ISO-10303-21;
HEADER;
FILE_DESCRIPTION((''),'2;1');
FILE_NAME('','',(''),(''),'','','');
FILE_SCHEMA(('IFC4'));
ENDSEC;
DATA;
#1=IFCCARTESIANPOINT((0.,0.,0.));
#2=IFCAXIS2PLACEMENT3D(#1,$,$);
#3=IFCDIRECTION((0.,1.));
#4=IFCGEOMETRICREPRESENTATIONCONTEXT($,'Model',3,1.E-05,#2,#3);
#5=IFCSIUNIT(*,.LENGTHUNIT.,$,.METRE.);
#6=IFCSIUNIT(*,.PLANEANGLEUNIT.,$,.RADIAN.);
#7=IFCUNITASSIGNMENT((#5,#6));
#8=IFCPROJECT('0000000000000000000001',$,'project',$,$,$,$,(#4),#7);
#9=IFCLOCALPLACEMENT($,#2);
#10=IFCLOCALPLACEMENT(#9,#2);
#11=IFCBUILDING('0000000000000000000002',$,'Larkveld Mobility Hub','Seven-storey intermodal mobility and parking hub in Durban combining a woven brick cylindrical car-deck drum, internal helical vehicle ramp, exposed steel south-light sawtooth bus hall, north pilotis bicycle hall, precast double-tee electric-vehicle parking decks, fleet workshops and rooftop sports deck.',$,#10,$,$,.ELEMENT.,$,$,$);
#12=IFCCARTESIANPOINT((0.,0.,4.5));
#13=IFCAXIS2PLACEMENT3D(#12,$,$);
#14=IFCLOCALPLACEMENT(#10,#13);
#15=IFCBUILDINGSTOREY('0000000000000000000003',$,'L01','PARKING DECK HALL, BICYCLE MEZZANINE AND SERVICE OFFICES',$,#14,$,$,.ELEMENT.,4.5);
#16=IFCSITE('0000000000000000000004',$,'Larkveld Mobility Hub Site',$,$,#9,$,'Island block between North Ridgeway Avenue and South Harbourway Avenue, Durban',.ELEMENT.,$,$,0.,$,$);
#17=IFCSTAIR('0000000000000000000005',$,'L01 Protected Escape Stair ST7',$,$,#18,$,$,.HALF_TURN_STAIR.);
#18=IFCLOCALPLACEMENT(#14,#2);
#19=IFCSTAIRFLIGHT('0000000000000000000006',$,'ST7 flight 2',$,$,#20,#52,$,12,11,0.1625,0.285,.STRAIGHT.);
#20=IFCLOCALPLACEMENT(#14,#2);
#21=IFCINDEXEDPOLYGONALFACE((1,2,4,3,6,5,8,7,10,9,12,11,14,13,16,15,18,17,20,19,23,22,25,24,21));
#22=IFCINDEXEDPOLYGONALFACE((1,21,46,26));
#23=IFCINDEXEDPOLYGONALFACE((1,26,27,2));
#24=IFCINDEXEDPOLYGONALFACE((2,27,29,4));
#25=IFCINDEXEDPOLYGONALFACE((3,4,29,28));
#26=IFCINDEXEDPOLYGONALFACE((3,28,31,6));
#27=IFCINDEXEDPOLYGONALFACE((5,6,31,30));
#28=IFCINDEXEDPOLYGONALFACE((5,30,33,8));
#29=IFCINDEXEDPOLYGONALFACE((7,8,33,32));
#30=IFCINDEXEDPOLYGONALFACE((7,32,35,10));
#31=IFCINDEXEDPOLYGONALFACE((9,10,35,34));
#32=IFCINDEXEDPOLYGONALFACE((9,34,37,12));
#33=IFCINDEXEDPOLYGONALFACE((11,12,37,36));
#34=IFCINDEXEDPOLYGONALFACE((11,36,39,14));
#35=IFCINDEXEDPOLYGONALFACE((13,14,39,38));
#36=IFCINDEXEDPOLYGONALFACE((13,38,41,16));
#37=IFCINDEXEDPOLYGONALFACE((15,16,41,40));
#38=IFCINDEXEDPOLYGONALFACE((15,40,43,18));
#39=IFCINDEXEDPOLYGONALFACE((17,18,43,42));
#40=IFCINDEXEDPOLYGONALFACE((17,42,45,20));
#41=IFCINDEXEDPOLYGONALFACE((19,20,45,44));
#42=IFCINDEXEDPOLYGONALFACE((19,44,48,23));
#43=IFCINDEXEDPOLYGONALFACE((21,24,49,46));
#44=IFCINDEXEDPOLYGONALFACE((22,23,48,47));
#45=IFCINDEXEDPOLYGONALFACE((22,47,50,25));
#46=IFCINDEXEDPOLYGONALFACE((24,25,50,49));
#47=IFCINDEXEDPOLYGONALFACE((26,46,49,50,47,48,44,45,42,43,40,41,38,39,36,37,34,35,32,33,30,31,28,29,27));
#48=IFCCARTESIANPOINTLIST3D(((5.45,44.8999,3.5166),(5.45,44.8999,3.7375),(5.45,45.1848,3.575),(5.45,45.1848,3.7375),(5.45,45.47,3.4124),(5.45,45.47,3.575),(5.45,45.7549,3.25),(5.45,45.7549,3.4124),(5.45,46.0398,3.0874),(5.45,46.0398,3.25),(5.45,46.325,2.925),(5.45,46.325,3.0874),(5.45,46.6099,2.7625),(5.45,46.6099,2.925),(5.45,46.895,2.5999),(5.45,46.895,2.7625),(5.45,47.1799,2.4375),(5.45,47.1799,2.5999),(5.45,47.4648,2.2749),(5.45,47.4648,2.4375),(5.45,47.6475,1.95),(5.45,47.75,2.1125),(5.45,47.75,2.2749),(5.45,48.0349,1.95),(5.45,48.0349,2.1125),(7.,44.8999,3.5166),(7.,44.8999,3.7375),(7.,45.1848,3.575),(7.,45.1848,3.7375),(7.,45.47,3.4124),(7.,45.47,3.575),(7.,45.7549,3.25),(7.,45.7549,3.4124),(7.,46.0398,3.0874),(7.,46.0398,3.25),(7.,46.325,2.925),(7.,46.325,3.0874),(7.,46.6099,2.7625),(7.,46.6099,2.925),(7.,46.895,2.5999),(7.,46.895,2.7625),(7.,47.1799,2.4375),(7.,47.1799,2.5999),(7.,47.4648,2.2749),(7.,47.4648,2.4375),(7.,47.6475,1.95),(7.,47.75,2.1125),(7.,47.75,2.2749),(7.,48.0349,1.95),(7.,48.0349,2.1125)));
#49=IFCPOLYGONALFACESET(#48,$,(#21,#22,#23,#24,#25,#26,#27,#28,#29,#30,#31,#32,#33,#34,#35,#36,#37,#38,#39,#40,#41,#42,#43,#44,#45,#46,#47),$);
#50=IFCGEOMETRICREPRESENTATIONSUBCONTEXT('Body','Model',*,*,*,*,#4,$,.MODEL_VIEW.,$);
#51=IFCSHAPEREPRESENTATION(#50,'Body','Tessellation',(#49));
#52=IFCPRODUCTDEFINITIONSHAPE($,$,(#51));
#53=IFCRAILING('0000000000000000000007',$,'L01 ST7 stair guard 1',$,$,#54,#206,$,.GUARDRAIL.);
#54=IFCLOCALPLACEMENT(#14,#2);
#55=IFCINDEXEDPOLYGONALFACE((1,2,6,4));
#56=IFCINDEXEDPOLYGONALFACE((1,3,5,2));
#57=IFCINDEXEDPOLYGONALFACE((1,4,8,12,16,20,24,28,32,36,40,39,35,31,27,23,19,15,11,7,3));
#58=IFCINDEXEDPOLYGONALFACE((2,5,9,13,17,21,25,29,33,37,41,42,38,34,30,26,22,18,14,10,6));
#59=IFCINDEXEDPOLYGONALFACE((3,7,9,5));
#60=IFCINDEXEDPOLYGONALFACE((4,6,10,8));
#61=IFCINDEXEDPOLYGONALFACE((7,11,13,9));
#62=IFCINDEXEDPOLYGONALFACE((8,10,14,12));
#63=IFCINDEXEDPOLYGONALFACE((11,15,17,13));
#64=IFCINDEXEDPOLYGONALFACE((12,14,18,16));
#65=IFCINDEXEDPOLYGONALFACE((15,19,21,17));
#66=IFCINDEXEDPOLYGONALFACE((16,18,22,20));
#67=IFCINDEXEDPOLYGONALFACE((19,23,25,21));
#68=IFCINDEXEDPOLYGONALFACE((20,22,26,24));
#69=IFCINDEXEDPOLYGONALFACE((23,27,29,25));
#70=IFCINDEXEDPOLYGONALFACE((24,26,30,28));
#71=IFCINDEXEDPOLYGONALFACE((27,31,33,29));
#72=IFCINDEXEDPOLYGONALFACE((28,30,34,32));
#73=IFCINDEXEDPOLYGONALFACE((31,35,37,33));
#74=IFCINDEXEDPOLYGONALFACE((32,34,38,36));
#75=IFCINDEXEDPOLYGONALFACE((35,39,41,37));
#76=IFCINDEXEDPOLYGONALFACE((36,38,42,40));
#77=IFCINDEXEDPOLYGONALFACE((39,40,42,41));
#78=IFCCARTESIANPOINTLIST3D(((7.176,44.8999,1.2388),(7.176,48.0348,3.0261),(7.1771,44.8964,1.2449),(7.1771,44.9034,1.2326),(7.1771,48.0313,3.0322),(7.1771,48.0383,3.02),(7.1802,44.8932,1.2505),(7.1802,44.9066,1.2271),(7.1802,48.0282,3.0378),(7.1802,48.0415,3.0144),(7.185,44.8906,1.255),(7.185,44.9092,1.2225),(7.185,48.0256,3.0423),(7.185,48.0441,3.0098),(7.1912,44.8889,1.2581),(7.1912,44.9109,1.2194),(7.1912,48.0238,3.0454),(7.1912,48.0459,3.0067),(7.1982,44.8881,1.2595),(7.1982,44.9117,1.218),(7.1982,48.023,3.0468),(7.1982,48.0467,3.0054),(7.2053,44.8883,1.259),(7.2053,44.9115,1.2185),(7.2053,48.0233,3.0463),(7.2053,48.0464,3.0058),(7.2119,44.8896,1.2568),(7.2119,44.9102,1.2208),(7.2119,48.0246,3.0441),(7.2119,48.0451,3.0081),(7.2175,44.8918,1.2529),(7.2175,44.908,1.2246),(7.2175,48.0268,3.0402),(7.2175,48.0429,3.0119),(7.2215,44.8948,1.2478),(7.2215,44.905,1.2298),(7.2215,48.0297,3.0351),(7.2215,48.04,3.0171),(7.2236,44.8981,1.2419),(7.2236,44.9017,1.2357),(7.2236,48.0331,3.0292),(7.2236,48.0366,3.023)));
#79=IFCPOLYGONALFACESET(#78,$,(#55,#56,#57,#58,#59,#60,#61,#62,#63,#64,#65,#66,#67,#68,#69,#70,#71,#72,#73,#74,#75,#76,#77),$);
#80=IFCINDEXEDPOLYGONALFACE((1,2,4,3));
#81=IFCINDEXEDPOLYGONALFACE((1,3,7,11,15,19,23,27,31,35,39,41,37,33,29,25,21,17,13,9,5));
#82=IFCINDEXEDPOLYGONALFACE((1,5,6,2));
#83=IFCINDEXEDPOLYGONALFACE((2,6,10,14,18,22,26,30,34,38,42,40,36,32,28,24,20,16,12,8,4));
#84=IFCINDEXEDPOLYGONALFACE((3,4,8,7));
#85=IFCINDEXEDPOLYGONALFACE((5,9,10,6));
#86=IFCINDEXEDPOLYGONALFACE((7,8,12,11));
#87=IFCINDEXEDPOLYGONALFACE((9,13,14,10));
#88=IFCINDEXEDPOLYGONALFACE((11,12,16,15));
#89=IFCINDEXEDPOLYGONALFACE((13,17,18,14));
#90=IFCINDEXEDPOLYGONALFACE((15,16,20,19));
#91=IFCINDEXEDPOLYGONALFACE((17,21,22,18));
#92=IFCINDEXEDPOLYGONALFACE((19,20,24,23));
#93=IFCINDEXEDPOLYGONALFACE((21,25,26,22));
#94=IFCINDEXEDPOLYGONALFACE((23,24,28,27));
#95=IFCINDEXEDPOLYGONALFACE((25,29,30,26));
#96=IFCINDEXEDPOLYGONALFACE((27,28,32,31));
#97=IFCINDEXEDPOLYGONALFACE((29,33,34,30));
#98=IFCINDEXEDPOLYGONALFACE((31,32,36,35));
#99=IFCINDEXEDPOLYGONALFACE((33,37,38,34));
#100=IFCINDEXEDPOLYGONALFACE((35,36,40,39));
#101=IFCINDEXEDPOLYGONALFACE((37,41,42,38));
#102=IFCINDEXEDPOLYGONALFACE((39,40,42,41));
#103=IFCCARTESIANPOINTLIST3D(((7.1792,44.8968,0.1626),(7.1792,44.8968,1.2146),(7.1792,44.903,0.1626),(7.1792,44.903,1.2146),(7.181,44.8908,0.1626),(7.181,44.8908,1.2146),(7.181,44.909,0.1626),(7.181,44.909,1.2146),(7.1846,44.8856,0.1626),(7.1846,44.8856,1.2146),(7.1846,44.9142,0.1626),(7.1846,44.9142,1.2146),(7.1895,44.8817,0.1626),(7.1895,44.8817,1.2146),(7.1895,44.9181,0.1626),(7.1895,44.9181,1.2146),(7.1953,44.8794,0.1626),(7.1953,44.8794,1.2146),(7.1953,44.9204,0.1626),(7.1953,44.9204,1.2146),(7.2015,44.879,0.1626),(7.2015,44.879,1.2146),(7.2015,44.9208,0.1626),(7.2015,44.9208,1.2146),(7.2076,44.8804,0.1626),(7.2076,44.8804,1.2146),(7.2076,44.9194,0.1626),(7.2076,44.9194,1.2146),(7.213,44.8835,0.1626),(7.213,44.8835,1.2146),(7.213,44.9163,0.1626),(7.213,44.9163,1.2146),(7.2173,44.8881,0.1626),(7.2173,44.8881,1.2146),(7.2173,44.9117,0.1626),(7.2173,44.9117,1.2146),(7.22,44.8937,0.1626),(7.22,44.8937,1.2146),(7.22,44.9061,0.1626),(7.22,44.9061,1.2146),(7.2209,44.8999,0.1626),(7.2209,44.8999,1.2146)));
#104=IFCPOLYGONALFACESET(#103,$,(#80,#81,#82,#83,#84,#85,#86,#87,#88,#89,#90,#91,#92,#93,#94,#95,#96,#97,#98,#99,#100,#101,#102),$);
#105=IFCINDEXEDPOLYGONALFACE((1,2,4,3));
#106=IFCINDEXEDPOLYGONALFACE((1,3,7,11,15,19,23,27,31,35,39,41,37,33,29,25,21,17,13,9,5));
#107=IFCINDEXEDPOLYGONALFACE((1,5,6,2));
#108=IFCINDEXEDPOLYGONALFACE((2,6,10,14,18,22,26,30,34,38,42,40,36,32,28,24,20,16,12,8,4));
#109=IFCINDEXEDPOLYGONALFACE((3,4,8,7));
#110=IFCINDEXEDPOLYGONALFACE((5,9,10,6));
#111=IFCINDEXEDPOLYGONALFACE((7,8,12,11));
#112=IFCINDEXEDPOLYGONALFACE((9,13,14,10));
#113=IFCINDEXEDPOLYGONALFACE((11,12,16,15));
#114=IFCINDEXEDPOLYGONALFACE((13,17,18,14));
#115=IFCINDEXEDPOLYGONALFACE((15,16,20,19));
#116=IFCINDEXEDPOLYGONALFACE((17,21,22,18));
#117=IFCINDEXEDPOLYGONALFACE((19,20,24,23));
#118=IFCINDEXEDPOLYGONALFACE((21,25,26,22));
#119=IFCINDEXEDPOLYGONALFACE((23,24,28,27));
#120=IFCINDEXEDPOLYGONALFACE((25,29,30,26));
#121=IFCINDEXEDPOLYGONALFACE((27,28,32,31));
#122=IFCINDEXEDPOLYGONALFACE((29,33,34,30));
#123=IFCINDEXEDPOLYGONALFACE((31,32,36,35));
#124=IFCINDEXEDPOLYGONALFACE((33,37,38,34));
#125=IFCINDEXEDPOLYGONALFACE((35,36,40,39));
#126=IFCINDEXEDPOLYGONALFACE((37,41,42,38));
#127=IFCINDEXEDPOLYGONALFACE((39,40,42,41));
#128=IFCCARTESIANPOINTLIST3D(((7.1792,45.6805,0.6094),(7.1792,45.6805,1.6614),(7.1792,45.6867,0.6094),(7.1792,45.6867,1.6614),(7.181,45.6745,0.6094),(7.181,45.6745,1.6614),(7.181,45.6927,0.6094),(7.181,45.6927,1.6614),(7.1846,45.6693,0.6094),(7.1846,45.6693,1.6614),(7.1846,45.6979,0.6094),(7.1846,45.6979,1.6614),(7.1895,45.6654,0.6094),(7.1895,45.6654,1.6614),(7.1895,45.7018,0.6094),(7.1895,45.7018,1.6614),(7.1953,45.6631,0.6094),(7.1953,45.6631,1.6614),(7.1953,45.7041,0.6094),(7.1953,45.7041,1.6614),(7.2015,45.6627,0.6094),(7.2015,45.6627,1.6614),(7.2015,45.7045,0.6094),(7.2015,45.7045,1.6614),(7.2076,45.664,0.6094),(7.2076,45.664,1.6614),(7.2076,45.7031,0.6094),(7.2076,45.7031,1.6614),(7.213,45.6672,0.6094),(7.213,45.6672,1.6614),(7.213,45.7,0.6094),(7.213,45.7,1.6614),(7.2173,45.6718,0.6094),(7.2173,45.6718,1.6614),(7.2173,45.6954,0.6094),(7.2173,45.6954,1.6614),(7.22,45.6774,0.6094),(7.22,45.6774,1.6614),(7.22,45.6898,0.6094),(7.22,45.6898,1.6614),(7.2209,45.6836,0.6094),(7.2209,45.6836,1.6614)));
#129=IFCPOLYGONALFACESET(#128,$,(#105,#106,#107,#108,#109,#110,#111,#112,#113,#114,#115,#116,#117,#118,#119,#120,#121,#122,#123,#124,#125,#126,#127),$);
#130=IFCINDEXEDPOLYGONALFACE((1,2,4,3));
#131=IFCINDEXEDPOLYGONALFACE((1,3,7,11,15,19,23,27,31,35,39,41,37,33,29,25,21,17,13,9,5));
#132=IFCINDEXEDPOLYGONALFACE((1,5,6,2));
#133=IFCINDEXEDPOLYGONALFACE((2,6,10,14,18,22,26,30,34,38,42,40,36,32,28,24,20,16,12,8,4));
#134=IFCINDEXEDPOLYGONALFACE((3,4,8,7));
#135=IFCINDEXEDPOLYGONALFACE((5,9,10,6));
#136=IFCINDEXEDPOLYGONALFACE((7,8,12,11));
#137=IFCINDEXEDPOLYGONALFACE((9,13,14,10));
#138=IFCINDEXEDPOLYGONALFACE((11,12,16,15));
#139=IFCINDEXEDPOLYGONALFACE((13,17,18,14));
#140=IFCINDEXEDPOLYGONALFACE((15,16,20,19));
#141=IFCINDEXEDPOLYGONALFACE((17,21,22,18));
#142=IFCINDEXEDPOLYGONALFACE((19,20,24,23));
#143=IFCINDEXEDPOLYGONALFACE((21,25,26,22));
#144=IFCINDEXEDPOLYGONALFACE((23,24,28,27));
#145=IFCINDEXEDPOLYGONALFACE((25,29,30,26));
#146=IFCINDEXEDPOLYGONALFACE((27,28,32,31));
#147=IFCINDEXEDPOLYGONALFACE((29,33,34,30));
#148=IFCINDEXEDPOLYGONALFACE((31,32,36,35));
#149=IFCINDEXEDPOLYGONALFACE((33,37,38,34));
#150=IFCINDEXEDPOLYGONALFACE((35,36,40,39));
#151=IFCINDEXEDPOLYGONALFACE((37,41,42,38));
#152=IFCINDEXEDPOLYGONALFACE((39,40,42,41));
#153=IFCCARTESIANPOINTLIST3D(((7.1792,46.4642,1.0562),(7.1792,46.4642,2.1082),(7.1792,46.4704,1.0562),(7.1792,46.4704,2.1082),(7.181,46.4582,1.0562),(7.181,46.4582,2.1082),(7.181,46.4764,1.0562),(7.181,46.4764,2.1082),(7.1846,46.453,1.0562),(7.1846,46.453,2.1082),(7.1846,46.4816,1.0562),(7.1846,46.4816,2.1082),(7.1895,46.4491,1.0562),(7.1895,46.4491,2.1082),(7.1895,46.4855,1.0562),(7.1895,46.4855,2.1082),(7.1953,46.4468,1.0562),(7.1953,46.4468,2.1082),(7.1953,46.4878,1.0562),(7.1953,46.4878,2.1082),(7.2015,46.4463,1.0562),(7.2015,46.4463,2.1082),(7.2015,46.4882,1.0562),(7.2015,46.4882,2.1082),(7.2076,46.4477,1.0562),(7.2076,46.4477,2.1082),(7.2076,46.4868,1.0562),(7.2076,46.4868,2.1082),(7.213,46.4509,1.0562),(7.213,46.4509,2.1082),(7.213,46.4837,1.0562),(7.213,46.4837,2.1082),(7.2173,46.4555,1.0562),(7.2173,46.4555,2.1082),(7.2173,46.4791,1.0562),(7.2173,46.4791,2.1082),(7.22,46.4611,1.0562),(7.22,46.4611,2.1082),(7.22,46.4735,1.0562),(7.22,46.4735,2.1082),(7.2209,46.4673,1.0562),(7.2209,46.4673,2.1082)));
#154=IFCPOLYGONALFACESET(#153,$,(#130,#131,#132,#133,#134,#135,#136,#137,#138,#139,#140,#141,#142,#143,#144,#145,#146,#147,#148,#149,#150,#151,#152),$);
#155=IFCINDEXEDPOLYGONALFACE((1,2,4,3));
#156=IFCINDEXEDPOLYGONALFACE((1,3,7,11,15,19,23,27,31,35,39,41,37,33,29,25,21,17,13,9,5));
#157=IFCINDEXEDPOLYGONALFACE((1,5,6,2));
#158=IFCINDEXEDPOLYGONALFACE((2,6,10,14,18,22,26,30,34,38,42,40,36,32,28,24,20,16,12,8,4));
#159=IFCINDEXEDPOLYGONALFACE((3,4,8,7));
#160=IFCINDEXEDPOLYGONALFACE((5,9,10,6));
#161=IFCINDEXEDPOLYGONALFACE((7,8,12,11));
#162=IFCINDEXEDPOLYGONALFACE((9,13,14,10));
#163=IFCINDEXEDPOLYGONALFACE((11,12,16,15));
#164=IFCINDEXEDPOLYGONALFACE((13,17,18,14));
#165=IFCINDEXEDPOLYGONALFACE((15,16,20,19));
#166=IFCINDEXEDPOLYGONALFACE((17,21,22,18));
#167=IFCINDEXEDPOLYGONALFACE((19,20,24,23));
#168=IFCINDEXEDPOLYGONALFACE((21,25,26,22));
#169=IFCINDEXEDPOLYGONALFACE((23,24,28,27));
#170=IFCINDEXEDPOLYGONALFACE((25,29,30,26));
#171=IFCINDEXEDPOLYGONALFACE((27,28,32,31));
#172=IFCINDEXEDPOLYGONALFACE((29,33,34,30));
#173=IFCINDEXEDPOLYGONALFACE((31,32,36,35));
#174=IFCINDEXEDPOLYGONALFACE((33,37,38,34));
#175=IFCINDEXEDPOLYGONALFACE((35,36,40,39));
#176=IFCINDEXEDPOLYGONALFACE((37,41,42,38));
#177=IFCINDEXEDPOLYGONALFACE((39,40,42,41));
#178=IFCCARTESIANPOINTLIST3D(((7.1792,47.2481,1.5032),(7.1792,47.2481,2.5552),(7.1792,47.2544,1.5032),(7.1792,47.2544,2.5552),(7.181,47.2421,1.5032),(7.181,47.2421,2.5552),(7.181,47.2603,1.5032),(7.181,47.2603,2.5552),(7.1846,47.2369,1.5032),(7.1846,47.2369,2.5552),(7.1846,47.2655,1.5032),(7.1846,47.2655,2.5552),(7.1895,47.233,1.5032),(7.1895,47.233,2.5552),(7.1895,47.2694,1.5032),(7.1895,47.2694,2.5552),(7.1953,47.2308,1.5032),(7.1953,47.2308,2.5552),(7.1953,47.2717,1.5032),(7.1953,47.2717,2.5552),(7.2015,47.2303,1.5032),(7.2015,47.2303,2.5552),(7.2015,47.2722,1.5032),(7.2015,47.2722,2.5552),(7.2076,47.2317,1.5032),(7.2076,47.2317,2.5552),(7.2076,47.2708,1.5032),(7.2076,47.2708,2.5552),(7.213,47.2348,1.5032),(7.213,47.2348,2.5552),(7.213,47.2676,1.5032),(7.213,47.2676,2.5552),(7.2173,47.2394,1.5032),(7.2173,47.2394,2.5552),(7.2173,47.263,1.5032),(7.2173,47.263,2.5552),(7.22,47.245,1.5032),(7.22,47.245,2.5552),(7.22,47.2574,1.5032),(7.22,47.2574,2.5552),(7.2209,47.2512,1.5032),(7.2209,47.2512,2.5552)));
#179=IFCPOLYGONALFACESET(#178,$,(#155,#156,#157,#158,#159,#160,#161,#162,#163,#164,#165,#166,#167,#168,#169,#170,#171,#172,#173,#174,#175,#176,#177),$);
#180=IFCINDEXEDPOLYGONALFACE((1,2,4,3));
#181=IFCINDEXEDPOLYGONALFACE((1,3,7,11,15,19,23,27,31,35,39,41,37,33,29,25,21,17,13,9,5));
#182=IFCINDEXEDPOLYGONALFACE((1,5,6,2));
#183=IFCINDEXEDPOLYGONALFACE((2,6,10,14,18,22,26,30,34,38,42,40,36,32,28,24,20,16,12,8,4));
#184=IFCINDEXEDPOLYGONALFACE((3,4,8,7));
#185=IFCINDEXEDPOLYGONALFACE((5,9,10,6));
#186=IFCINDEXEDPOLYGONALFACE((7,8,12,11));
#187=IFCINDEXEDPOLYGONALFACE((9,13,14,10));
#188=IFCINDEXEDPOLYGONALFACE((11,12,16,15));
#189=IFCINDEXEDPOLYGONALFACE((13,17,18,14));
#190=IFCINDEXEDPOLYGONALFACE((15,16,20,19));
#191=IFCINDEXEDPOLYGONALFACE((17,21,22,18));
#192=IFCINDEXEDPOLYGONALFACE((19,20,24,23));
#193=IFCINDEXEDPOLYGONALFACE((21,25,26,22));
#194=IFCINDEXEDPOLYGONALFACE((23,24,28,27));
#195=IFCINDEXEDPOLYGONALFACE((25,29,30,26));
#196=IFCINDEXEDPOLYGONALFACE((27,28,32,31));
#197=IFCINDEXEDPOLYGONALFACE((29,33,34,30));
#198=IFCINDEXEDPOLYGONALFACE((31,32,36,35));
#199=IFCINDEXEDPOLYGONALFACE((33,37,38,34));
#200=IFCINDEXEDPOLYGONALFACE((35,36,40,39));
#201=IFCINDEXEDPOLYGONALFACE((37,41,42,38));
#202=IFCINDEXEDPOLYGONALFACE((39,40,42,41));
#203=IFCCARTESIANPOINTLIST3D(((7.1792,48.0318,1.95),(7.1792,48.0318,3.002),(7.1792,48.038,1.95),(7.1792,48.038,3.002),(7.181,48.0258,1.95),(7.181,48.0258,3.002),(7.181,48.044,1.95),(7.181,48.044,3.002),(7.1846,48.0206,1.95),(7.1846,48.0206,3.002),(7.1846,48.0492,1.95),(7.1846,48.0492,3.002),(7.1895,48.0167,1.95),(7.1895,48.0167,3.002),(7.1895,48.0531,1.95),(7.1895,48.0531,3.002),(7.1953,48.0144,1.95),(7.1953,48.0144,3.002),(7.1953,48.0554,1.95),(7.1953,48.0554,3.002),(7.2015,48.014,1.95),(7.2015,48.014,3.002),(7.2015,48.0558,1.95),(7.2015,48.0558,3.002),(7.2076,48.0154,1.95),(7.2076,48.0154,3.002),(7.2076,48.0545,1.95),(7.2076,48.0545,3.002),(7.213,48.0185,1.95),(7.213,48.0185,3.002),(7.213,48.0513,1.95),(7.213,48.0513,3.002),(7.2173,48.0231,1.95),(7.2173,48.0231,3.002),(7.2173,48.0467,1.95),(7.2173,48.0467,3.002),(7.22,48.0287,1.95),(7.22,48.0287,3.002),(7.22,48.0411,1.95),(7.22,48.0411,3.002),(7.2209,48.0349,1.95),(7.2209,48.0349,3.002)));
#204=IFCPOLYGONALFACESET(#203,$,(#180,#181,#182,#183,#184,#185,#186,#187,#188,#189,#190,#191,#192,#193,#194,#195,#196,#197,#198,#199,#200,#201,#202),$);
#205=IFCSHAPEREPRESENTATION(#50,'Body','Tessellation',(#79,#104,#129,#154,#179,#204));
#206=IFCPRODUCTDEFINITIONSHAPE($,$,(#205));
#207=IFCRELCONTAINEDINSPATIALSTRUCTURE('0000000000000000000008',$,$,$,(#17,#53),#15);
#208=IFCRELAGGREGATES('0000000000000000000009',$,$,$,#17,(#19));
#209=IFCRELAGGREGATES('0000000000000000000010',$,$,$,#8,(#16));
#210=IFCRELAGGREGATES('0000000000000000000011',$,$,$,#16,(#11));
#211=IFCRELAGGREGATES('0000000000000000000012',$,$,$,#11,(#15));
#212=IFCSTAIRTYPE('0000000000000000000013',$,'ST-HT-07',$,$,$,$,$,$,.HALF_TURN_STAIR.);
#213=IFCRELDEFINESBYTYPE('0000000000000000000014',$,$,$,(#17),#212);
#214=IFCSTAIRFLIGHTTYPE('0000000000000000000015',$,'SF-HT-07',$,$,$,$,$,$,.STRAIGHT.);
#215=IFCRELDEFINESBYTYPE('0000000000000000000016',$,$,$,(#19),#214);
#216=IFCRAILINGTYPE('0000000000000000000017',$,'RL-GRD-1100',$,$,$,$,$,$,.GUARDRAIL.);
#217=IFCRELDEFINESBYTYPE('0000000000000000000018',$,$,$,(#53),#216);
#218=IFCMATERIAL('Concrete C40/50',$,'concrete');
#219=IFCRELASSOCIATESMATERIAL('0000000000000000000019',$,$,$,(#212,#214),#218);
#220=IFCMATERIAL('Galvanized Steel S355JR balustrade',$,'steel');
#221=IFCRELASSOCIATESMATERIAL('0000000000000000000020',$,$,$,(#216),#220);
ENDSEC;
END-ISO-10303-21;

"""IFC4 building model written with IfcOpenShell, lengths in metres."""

from ifc_helpers import new_model, si_unit, direction, frame, origin, origin_2d, place, context, subcontext, project, spatial, polyline, circle, outline, extrude, material, type_object, element, aggregate, save


model = new_model("IFC4")

# Units and contexts
model_context = context("Model", 3, precision=1e-05, world=origin(), true_north=direction((0.0, 1.0)))
body_context = subcontext(model_context, "Body", "Model", "MODEL_VIEW")
ifc_project = project(units=[si_unit("LENGTHUNIT", "METRE"), si_unit("PLANEANGLEUNIT", "RADIAN")], contexts=[model_context])

# Site, building, storey
site_placement = place(None, origin())
site = spatial("IfcSite", under=ifc_project, at=site_placement, Name="Larkveld Mobility Hub Site", LongName="Island block between North Ridgeway Avenue and South Harbourway Avenue, Durban", CompositionType="ELEMENT", RefElevation=0.0)
building_placement = place(site_placement, origin())
building = spatial("IfcBuilding", under=site, at=building_placement, Name="Larkveld Mobility Hub", Description="Seven-storey intermodal mobility and parking hub in Durban combining a woven brick cylindrical car-deck drum, internal helical vehicle ramp, exposed steel south-light sawtooth bus hall, north pilotis bicycle hall, precast double-tee electric-vehicle parking decks, fleet workshops and rooftop sports deck.", CompositionType="ELEMENT")
storey_placement = place(building_placement, frame((0.0, 0.0, 4.5)))
storey = spatial("IfcBuildingStorey", under=building, at=storey_placement, Name="L01", Description="PARKING DECK HALL, BICYCLE MEZZANINE AND SERVICE OFFICES", CompositionType="ELEMENT", Elevation=4.5)

# Shared definitions
ifc_material_1 = material(Name="Concrete C40/50", Category="concrete")

# Stair, stair flight
stair_type = type_object("IfcStairType", Name="ST-HT-07", PredefinedType="HALF_TURN_STAIR", material=ifc_material_1)
stair_placement = place(storey_placement, origin())
stair = element("IfcStair", 1, at=stair_placement, inside=storey, type_object=stair_type, Name="L01 Protected Escape Stair ST7", PredefinedType="HALF_TURN_STAIR")
stair_flight_type = type_object("IfcStairFlightType", Name="SF-HT-07", PredefinedType="STRAIGHT", material=ifc_material_1)
stair_flight_1_placement = place(storey_placement, frame((6.2251, 48.0349, 1.95), z_axis=(0.0, 0.0, 1.0), x_axis=(0.0, -1.0, 0.0)))
stair_flight_1 = element("IfcStairFlight", 2, at=stair_flight_1_placement, type_object=stair_flight_type, Name="ST7 flight 2", NumberOfRisers=12, NumberOfTreads=11, PredefinedType="STRAIGHT", RiserHeight=0.1625, TreadLength=0.285, context=body_context, shape_type="SweptSolid", body=[
    extrude(outline(polyline([(0.0, 0.0), (0.0, 0.1626), (0.2849, 0.1626), (0.2849, 0.325), (0.5701, 0.325), (0.5701, 0.4875), (0.855, 0.4875), (0.855, 0.6499), (1.1399, 0.6499), (1.1399, 0.8125), (1.425, 0.8125), (1.425, 0.9751), (1.71, 0.9751), (1.71, 1.1375), (1.9951, 1.1375), (1.9951, 1.3), (2.28, 1.3), (2.28, 1.4624), (2.5649, 1.4624), (2.5649, 1.625), (2.8501, 1.625), (2.8501, 1.7876), (3.135, 1.7876), (3.135, 1.95), (3.135, 1.5667), (0.3875, 0.0), (0.0, 0.0)])), frame((0.0, 0.7749, 0.0), z_axis=(0.0, -1.0, 0.0), x_axis=(1.0, 0.0, 0.0)), (0.0, 0.0, 1.0), 1.55),
])
aggregate(stair, [stair_flight_1])

# Railing
ifc_material_2 = material(Name="Galvanized Steel S355JR balustrade", Category="steel")
railing_type_1 = type_object("IfcRailingType", Name="RL-GRD-1100", PredefinedType="GUARDRAIL", material=ifc_material_2)
railing_1_placement = place(storey_placement, frame((7.2, 44.8999, 0.1626)))
element("IfcRailing", 3, at=railing_1_placement, inside=storey, type_object=railing_type_1, Name="L01 ST7 stair guard 1", PredefinedType="GUARDRAIL", context=body_context, shape_type="SweptSolid", body=[
    extrude(circle(Radius=0.0239, at=origin_2d()), frame((0.0, 0.0, 1.0762), z_axis=(0.0, 0.86873, 0.495286), x_axis=(-1.0, 0.0, 0.0)), (0.0, 0.0, 1.0), 3.6086),
    extrude(circle(Radius=0.021, at=origin_2d()), origin(), (0.0, 0.0, 1.0), 1.052),
    extrude(circle(Radius=0.021, at=origin_2d()), frame((0.0, 0.7837, 0.4468)), (0.0, 0.0, 1.0), 1.052),
    extrude(circle(Radius=0.021, at=origin_2d()), frame((0.0, 1.5674, 0.8936)), (0.0, 0.0, 1.0), 1.052),
    extrude(circle(Radius=0.021, at=origin_2d()), frame((0.0, 2.3513, 1.3406)), (0.0, 0.0, 1.0), 1.052),
    extrude(circle(Radius=0.021, at=origin_2d()), frame((0.0, 3.135, 1.7874)), (0.0, 0.0, 1.0), 1.052),
])

save(model, "model.ifc")
